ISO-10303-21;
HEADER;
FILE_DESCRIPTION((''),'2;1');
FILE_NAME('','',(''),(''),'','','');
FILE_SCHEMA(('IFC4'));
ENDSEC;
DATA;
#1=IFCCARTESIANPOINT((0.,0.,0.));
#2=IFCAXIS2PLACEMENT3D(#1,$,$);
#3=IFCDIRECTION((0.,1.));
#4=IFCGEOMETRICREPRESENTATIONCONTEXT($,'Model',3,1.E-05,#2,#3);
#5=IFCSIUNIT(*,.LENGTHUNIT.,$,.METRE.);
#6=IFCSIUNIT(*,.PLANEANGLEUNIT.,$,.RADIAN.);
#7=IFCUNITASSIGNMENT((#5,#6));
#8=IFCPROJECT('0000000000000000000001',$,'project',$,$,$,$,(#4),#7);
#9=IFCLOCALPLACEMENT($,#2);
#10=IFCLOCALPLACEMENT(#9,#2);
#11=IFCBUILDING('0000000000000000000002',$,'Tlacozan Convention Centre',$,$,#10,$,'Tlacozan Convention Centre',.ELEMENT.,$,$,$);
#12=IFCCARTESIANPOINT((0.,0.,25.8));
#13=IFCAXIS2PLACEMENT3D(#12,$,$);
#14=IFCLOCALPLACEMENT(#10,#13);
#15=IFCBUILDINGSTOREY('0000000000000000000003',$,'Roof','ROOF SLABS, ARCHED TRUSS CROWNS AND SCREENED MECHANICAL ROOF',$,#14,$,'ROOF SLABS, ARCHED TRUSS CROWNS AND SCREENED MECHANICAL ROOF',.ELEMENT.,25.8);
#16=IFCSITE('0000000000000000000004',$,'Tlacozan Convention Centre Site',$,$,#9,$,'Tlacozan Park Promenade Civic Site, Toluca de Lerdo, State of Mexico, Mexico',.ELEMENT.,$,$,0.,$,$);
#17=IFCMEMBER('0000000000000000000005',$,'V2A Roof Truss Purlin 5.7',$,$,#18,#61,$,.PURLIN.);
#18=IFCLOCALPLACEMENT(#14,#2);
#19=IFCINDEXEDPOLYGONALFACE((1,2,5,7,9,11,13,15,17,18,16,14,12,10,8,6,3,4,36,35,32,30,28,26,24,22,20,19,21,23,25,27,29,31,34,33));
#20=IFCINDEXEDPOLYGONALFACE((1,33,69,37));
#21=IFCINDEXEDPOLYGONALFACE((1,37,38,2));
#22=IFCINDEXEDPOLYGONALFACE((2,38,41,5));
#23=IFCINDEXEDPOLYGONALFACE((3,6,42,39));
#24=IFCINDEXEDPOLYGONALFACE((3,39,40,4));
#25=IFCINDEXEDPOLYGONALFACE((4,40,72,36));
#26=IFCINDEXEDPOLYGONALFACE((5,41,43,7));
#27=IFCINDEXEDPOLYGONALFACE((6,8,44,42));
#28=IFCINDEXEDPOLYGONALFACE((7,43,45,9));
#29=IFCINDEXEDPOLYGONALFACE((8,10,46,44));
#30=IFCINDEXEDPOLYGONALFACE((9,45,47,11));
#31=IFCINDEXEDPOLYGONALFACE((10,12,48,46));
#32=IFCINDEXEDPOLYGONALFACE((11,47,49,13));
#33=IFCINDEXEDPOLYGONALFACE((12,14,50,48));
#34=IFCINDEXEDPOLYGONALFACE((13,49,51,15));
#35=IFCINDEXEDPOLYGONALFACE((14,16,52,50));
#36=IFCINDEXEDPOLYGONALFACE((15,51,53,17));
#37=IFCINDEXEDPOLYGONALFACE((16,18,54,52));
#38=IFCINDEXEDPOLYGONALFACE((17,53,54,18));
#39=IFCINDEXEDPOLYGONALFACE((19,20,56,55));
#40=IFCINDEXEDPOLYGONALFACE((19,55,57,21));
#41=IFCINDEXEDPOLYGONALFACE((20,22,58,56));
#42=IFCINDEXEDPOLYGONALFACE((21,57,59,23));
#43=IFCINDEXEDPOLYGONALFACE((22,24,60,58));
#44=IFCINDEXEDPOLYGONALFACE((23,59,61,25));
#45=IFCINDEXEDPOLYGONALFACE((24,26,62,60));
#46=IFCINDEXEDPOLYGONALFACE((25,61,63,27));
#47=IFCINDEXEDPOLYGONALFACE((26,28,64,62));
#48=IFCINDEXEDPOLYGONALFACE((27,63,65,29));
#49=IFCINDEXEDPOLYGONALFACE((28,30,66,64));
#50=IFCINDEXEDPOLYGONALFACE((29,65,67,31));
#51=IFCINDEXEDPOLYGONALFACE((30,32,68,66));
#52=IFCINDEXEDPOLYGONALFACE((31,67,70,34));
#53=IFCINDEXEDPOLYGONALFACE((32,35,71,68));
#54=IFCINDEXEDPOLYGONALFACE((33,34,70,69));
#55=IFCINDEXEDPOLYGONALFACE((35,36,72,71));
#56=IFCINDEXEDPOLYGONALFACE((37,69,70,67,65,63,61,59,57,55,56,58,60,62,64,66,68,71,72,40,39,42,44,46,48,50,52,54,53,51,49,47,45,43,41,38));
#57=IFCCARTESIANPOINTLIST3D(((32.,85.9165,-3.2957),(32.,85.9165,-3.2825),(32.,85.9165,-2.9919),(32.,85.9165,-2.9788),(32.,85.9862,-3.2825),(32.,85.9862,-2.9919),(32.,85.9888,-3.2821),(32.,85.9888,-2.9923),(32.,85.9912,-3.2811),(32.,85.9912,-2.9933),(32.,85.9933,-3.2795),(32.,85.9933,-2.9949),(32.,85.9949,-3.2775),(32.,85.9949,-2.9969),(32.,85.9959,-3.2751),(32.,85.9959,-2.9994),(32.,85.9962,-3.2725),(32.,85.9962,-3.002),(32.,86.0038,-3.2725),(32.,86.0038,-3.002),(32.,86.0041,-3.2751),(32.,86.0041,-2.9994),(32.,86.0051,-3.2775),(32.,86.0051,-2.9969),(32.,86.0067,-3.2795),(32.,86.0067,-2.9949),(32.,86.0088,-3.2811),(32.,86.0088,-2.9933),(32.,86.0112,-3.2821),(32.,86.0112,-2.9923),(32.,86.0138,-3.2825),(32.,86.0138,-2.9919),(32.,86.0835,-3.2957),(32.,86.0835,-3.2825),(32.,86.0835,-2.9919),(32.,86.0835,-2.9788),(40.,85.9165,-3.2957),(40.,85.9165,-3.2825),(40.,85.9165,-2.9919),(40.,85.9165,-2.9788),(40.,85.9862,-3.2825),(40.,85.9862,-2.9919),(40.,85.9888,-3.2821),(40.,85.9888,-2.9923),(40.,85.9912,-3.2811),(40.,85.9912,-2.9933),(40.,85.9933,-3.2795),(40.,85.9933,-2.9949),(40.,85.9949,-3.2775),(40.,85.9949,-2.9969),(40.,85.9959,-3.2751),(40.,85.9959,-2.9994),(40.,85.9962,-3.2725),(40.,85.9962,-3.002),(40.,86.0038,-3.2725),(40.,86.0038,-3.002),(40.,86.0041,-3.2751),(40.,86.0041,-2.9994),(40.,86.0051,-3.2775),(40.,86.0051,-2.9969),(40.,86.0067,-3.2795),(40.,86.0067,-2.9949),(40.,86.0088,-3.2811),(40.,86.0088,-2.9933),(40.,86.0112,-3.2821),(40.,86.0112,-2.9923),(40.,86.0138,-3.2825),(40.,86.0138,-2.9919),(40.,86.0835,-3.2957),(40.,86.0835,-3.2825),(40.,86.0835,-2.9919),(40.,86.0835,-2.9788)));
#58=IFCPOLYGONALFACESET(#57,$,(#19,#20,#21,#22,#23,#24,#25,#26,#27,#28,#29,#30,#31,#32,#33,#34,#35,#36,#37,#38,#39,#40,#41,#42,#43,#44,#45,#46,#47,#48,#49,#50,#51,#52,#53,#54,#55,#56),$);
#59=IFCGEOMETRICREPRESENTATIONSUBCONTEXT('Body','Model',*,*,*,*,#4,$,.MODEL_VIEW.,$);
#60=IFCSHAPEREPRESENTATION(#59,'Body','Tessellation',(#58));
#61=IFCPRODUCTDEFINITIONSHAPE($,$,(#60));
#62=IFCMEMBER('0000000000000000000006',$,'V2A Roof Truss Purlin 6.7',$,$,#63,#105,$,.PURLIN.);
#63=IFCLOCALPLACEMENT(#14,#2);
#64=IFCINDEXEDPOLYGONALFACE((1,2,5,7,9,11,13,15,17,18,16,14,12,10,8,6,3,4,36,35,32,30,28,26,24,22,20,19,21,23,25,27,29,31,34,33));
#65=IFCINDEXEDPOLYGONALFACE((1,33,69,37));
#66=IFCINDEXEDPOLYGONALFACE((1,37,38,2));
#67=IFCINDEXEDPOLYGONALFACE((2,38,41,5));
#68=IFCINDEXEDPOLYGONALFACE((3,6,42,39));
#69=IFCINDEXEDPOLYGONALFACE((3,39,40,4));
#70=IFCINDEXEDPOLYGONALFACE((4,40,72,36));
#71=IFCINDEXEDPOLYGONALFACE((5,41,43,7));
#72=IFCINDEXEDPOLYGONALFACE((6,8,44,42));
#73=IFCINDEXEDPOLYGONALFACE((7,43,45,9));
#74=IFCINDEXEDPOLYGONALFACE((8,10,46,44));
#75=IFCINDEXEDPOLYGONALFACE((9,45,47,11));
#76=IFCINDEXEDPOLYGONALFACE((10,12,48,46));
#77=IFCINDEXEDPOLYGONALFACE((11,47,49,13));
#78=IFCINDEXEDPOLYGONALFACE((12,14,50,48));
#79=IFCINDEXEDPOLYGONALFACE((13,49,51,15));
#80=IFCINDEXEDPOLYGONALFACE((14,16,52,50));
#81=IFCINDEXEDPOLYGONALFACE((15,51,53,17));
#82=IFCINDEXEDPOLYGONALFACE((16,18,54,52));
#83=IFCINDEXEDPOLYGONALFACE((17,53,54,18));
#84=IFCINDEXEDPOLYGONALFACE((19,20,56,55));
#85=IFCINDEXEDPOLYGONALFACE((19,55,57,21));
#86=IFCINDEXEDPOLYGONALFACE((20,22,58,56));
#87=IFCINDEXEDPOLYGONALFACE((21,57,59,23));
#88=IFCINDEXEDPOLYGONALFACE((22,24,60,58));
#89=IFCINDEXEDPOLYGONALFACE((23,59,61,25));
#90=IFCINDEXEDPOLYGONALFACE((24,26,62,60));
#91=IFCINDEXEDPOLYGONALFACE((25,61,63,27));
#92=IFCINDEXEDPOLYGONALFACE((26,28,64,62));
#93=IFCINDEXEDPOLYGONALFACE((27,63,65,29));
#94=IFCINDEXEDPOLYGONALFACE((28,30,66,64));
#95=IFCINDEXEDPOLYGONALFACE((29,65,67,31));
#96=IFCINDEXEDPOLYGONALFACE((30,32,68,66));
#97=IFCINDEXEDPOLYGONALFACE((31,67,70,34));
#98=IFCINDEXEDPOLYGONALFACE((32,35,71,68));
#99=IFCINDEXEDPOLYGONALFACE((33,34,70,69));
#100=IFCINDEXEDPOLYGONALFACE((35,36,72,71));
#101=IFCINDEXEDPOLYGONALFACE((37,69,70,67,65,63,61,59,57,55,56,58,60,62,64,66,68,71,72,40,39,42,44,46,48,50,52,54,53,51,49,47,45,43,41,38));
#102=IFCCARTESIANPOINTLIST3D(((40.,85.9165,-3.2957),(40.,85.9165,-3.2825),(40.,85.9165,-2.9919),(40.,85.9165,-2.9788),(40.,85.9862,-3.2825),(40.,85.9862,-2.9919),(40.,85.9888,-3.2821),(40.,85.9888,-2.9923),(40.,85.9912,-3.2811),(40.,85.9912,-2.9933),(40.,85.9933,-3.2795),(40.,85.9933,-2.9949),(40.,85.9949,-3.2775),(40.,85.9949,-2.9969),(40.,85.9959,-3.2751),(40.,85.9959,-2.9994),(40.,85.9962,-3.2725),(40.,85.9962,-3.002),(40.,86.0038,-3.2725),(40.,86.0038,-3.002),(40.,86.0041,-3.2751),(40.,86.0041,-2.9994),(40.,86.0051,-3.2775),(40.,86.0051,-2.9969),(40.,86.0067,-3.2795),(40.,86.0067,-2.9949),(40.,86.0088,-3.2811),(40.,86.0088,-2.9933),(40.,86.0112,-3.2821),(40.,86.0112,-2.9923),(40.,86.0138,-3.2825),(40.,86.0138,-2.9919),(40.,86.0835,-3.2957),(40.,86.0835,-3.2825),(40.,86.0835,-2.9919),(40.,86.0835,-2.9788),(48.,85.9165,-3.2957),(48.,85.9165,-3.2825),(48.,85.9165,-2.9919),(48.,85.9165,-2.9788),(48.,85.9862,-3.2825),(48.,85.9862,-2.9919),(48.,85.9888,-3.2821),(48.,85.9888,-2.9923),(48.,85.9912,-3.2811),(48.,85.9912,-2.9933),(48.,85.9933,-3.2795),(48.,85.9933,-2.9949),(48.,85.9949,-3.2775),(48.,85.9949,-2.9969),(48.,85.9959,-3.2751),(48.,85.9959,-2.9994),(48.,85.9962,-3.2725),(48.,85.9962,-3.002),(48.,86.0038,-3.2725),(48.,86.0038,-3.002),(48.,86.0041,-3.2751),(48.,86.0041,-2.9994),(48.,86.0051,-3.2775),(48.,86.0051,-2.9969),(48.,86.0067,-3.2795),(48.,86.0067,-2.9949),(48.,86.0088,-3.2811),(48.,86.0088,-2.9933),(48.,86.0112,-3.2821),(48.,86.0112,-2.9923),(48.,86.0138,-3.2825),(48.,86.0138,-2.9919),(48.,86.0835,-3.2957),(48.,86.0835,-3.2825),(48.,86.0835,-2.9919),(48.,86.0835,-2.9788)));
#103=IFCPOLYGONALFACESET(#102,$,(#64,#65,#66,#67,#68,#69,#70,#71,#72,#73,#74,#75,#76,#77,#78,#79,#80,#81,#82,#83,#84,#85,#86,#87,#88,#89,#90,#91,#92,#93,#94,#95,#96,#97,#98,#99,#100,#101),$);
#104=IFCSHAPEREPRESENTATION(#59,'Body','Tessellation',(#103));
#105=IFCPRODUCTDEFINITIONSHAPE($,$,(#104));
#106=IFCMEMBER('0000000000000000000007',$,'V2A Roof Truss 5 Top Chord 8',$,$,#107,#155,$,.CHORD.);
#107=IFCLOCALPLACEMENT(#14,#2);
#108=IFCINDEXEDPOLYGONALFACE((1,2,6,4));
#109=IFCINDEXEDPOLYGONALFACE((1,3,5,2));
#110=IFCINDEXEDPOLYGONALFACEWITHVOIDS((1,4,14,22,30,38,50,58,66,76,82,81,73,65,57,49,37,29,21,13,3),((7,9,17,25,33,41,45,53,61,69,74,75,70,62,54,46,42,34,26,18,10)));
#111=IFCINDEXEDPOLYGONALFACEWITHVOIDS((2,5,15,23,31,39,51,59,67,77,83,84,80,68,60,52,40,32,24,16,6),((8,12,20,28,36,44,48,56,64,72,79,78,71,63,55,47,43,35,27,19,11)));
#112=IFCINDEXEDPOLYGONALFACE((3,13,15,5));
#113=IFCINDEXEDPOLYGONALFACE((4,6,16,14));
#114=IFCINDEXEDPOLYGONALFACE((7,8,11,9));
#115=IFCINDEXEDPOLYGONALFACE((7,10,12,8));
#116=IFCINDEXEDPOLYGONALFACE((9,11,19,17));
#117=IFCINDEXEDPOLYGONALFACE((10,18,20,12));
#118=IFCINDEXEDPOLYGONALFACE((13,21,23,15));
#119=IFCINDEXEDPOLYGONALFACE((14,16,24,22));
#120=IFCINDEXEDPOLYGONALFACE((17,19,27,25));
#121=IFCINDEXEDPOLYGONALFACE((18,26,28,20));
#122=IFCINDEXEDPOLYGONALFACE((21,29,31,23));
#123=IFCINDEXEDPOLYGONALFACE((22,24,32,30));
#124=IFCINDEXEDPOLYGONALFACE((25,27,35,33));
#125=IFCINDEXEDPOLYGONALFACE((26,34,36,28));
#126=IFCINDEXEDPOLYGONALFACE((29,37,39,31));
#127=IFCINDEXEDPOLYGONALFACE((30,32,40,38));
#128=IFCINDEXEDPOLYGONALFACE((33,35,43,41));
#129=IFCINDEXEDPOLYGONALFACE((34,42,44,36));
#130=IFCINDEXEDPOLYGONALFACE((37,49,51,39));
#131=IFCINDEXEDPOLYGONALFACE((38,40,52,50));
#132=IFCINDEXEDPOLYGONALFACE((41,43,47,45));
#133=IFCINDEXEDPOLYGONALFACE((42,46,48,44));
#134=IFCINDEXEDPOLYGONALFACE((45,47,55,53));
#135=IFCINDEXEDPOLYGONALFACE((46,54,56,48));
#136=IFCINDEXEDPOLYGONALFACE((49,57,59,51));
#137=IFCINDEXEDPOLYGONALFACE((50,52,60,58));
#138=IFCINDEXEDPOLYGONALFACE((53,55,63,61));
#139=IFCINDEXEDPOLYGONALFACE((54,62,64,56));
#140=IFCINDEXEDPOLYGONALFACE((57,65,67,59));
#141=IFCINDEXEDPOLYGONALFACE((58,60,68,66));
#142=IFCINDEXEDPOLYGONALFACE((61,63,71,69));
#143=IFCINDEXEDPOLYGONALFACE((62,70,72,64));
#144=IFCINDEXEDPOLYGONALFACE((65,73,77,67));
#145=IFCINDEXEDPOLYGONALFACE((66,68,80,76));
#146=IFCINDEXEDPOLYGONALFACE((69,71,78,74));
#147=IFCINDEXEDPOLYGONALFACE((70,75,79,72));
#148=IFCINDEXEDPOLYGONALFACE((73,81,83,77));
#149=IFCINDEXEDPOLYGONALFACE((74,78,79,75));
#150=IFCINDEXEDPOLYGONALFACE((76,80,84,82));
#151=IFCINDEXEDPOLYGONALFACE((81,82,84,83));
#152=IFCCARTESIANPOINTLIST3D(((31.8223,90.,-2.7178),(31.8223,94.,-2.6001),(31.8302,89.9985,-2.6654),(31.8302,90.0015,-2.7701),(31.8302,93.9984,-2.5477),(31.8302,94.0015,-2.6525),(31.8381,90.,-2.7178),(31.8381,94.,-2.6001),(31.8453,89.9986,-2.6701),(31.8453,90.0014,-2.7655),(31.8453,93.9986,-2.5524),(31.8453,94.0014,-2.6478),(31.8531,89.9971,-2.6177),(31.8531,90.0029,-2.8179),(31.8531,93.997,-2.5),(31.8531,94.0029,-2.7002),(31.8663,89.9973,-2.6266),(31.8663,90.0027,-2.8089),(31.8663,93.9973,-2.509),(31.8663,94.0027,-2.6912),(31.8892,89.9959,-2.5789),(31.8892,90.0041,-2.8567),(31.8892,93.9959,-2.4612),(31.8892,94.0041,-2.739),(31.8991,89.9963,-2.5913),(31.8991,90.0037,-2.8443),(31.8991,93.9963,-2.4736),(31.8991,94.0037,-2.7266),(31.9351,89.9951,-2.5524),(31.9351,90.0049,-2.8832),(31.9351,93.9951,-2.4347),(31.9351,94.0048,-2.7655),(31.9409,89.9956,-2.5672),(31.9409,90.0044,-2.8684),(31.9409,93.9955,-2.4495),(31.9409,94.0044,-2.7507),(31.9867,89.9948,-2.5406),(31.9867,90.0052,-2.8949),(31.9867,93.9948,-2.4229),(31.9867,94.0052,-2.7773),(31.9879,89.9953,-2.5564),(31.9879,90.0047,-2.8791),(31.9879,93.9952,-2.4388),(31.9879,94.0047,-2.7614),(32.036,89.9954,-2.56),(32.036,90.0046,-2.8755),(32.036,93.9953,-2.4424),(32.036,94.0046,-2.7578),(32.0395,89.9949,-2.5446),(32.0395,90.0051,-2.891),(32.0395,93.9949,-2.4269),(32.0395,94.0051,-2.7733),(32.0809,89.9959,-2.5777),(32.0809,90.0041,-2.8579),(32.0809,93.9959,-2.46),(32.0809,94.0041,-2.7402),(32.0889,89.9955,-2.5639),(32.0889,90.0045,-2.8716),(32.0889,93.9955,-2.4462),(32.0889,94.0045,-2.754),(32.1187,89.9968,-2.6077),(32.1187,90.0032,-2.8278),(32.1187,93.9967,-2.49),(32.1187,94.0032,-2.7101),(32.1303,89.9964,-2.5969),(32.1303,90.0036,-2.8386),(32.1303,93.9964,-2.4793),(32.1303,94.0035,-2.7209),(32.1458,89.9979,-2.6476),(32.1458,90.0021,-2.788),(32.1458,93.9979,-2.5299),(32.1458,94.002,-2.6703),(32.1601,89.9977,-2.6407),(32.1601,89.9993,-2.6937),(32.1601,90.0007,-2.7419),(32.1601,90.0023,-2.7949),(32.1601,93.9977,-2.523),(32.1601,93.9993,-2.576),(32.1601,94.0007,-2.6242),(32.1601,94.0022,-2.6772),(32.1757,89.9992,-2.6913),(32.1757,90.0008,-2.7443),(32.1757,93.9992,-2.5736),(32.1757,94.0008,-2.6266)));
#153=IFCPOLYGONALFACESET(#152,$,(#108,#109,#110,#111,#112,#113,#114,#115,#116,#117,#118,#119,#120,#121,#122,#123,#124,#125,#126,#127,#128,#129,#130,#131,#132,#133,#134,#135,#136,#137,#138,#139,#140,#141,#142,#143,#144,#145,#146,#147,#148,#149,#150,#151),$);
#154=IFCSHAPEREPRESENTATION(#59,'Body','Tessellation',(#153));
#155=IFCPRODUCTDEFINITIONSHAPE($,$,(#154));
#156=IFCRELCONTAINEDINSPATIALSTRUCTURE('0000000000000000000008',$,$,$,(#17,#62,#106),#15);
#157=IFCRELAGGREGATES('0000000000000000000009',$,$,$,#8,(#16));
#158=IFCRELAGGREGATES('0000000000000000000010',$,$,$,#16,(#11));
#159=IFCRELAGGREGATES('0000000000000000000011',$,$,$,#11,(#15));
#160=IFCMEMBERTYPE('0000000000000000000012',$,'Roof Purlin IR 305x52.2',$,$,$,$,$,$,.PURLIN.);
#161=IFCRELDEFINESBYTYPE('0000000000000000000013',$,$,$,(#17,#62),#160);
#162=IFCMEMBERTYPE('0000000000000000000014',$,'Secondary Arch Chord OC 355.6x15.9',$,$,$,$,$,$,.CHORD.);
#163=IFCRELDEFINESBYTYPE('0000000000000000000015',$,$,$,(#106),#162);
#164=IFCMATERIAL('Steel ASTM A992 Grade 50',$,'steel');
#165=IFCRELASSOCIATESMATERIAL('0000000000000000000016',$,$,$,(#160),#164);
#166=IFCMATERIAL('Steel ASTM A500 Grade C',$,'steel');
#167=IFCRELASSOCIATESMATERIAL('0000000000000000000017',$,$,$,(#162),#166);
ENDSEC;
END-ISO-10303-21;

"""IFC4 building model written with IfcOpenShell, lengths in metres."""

from ifc_helpers import new_model, si_unit, direction, frame, origin, origin_2d, place, context, subcontext, project, spatial, hollow_circle, i_section, extrude, material, material_profile, profile_set, type_object, element, save


model = new_model("IFC4")

# Units and contexts
model_context = context("Model", 3, precision=1e-05, world=origin(), true_north=direction((0.0, 1.0)))
body_context = subcontext(model_context, "Body", "Model", "MODEL_VIEW")
ifc_project = project(units=[si_unit("LENGTHUNIT", "METRE"), si_unit("PLANEANGLEUNIT", "RADIAN")], contexts=[model_context])

# Site, building, storey
site_placement = place(None, origin())
site = spatial("IfcSite", under=ifc_project, at=site_placement, Name="Tlacozan Convention Centre Site", LongName="Tlacozan Park Promenade Civic Site, Toluca de Lerdo, State of Mexico, Mexico", CompositionType="ELEMENT", RefElevation=0.0)
building_placement = place(site_placement, origin())
building = spatial("IfcBuilding", under=site, at=building_placement, Name="Tlacozan Convention Centre", LongName="Tlacozan Convention Centre", CompositionType="ELEMENT")
storey_placement = place(building_placement, frame((0.0, 0.0, 25.8)))
storey = spatial("IfcBuildingStorey", under=building, at=storey_placement, Name="Roof", Description="ROOF SLABS, ARCHED TRUSS CROWNS AND SCREENED MECHANICAL ROOF", LongName="ROOF SLABS, ARCHED TRUSS CROWNS AND SCREENED MECHANICAL ROOF", CompositionType="ELEMENT", Elevation=25.8)

# Members
ifc_material_1 = material(Name="Steel ASTM A500 Grade C", Category="steel")
ifc_material_2 = material(Name="Steel ASTM A992 Grade 50", Category="steel")
ifc_material_profile_1 = material_profile(ifc_material_2, i_section(OverallWidth=0.167, OverallDepth=0.3169, WebThickness=0.0076, FlangeThickness=0.0132, FilletRadius=0.01, at=origin_2d()), Name="IR 305x52.2")
ifc_profile_set_1 = profile_set([ifc_material_profile_1], Name="Steel ASTM A992 Grade 50")
member_type_1 = type_object("IfcMemberType", Name="Roof Purlin IR 305x52.2", PredefinedType="PURLIN", material=ifc_profile_set_1)
for number, where, z_axis, x_axis, name in (
    (1, (32.0, 86.0, -3.1372), (1.0, 0.0, 0.0), (0.0, 1.0, 0.0), "V2A Roof Truss Purlin 5.7"),
    (2, (40.0, 86.0, -3.1372), (1.0, 0.0, 0.0), (0.0, 1.0, 0.0), "V2A Roof Truss Purlin 6.7"),
):
    element("IfcMember", number, at=place(storey_placement, frame(where, z_axis=z_axis, x_axis=x_axis)), inside=storey, type_object=member_type_1, Name=name, PredefinedType="PURLIN", context=body_context, shape_type="SweptSolid", body=[
        extrude(i_section(OverallWidth=0.167, OverallDepth=0.3169, WebThickness=0.0076, FlangeThickness=0.0132, FilletRadius=0.01, at=origin_2d()), origin(), (0.0, 0.0, 1.0), 8.0),
    ])
ifc_material_profile_2 = material_profile(ifc_material_1, hollow_circle(Radius=0.1777, WallThickness=0.0159, at=origin_2d()), Name="OC 355.6x15.9")
ifc_profile_set_2 = profile_set([ifc_material_profile_2], Name="Steel ASTM A500 Grade C")
member_type_2 = type_object("IfcMemberType", Name="Secondary Arch Chord OC 355.6x15.9", PredefinedType="CHORD", material=ifc_profile_set_2)
member_1_placement = place(storey_placement, frame((32.0, 90.0, -2.7178), z_axis=(0.0, 0.999568, 0.029406), x_axis=(-1.0, 0.0, 0.0)))
element("IfcMember", 3, at=member_1_placement, inside=storey, type_object=member_type_2, Name="V2A Roof Truss 5 Top Chord 8", PredefinedType="CHORD", context=body_context, shape_type="SweptSolid", body=[
    extrude(hollow_circle(Radius=0.1777, WallThickness=0.0159, at=origin_2d()), origin(), (0.0, 0.0, 1.0), 4.0017),
])

save(model, "model.ifc")
